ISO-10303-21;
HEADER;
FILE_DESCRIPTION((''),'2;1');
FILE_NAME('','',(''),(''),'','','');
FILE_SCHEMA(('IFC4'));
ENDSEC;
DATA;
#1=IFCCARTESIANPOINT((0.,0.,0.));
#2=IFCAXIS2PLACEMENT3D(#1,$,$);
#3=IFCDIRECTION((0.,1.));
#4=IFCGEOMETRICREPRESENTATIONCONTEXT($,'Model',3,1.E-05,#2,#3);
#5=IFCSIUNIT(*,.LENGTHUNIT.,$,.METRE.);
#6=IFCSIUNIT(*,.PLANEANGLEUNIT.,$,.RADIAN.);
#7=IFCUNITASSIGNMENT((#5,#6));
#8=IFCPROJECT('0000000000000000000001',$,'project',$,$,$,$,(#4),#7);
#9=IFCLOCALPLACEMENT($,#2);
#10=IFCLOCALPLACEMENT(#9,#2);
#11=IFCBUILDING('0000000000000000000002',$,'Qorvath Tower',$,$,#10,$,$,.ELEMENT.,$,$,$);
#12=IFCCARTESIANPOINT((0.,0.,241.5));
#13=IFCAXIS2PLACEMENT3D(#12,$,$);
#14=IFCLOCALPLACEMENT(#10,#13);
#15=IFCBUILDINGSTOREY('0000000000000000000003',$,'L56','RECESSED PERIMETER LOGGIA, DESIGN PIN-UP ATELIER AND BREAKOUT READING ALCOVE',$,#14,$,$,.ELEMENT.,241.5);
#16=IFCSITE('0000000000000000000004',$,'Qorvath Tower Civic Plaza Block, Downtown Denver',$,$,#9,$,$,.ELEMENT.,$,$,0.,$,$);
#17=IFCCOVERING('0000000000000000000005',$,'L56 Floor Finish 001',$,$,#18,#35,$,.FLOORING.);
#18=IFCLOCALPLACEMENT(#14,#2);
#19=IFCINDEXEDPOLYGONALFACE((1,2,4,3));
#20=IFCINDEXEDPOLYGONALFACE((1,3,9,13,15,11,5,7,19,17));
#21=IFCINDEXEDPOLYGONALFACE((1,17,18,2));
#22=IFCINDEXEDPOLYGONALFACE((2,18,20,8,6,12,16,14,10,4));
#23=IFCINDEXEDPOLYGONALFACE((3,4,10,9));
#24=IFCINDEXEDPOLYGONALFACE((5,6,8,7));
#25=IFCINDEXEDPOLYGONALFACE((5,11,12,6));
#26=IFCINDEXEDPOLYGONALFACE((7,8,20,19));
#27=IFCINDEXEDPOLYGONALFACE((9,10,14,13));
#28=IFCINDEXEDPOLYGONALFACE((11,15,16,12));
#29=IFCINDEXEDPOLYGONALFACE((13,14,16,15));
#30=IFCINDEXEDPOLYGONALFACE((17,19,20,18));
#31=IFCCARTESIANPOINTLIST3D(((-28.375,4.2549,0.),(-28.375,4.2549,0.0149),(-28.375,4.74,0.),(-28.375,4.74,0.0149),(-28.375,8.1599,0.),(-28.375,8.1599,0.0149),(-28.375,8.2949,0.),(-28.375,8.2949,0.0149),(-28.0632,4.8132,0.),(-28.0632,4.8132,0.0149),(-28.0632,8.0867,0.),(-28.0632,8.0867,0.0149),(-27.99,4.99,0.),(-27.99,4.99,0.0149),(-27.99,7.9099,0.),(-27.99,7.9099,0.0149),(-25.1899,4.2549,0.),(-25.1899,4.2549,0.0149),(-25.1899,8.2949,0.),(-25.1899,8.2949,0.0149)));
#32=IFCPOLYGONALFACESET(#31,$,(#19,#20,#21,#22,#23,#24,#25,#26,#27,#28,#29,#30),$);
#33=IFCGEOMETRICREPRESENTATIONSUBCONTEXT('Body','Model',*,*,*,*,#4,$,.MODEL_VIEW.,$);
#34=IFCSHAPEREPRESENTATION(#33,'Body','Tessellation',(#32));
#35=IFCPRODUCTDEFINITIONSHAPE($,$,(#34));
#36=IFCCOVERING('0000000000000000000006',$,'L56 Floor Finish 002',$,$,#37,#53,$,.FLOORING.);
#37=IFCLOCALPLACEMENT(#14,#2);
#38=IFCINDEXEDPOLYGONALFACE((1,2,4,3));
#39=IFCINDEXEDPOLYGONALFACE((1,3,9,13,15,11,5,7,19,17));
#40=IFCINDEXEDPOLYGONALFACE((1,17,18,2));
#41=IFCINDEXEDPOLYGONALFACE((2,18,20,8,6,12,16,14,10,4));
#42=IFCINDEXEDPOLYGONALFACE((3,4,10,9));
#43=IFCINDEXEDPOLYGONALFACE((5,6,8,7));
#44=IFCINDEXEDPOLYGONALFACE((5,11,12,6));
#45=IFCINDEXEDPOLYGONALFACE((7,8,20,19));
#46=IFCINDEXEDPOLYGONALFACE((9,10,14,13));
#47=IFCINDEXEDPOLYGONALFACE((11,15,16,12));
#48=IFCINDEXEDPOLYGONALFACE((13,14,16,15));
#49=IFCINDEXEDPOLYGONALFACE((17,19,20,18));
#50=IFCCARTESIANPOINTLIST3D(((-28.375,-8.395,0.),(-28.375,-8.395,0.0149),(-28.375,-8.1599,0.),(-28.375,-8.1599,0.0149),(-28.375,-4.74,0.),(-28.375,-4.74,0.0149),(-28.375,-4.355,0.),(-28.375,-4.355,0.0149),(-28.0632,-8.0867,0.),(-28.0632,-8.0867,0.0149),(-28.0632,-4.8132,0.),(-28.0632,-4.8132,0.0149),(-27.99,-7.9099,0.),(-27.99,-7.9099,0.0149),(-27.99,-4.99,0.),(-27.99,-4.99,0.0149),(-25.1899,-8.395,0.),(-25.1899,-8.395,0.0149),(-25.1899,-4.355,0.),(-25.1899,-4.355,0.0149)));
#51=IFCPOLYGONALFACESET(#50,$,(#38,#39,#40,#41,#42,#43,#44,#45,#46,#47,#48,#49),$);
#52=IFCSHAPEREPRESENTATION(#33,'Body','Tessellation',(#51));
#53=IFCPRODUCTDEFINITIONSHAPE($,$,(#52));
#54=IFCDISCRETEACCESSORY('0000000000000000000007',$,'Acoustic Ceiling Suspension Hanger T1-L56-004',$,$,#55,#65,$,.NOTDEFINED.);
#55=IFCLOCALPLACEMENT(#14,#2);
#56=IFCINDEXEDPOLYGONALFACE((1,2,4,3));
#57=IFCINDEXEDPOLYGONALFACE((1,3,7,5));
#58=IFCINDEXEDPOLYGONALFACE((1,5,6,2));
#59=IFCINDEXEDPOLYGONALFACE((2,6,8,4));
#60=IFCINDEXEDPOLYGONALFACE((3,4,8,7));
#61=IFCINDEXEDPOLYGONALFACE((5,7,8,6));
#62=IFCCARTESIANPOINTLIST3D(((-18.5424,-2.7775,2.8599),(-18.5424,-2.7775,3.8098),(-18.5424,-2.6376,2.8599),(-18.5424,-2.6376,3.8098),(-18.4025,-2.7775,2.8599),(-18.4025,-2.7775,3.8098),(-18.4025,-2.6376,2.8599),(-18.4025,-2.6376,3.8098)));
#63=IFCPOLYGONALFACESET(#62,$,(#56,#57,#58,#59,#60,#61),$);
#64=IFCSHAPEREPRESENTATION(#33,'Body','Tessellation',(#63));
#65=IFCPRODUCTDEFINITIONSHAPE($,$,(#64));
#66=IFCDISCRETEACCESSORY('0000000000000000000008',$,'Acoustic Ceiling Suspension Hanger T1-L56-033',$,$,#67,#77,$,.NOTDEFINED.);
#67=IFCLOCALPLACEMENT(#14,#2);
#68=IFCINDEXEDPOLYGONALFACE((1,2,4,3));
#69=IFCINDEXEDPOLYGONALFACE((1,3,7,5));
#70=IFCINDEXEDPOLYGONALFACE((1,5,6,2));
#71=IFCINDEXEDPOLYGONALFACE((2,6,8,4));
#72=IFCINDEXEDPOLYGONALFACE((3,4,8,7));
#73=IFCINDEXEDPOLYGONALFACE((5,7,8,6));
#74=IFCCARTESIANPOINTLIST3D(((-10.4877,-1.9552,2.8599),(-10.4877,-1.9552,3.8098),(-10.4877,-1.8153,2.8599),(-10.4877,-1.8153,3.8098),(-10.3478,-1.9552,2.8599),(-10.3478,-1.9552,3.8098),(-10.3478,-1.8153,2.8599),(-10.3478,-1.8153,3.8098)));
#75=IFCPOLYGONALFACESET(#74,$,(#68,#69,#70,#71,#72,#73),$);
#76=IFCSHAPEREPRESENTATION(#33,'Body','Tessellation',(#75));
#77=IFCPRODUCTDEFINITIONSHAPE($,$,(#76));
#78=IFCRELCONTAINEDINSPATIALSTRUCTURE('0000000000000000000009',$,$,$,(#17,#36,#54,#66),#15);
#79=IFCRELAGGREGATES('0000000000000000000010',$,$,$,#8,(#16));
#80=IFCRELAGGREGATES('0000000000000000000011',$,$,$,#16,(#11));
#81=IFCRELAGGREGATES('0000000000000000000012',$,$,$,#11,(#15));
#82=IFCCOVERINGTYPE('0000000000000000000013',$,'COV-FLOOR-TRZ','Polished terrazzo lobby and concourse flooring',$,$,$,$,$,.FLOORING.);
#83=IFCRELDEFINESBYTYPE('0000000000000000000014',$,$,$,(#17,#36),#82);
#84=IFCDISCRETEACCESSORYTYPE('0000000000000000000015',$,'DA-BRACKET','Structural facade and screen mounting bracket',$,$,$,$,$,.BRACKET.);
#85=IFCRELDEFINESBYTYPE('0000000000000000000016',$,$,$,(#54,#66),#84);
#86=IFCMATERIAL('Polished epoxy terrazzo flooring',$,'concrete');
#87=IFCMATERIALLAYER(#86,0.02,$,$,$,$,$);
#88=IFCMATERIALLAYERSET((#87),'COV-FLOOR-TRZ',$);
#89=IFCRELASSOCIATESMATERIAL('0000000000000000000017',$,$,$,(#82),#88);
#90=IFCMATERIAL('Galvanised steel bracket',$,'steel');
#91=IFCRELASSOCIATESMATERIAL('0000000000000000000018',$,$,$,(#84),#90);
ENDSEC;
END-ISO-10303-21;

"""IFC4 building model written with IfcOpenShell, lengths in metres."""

from ifc_helpers import new_model, si_unit, direction, frame, origin, origin_2d, place, context, subcontext, project, spatial, polyline, rectangle, outline, extrude, material, layer, layer_set, type_object, element, save


model = new_model("IFC4")

# Units and contexts
model_context = context("Model", 3, precision=1e-05, world=origin(), true_north=direction((0.0, 1.0)))
body_context = subcontext(model_context, "Body", "Model", "MODEL_VIEW")
ifc_project = project(units=[si_unit("LENGTHUNIT", "METRE"), si_unit("PLANEANGLEUNIT", "RADIAN")], contexts=[model_context])

# Site, building, storey
site_placement = place(None, origin())
site = spatial("IfcSite", under=ifc_project, at=site_placement, Name="Qorvath Tower Civic Plaza Block, Downtown Denver", CompositionType="ELEMENT", RefElevation=0.0)
building_placement = place(site_placement, origin())
building = spatial("IfcBuilding", under=site, at=building_placement, Name="Qorvath Tower", CompositionType="ELEMENT")
storey_placement = place(building_placement, frame((0.0, 0.0, 241.5)))
storey = spatial("IfcBuildingStorey", under=building, at=storey_placement, Name="L56", Description="RECESSED PERIMETER LOGGIA, DESIGN PIN-UP ATELIER AND BREAKOUT READING ALCOVE", CompositionType="ELEMENT", Elevation=241.5)

# Coverings
ifc_material_1 = material(Name="Polished epoxy terrazzo flooring", Category="concrete")
ifc_layer_1 = layer(ifc_material_1, 0.02)
ifc_layer_set_1 = layer_set([ifc_layer_1], Name="COV-FLOOR-TRZ")
covering_type_1 = type_object("IfcCoveringType", Name="COV-FLOOR-TRZ", Description="Polished terrazzo lobby and concourse flooring", PredefinedType="FLOORING", material=ifc_layer_set_1)
covering_1_placement = place(storey_placement, origin())
element("IfcCovering", 1, at=covering_1_placement, inside=storey, type_object=covering_type_1, Name="L56 Floor Finish 001", PredefinedType="FLOORING", context=body_context, shape_type="SweptSolid", body=[
    extrude(outline(polyline([(-25.1899, 4.2549), (-25.1899, 8.2949), (-28.375, 8.2949), (-28.375, 8.1599), (-28.0632, 8.0867), (-27.99, 7.9099), (-27.99, 4.99), (-28.0632, 4.8132), (-28.375, 4.74), (-28.375, 4.2549), (-25.1899, 4.2549)])), origin(), (0.0, 0.0, 1.0), 0.0149),
])
covering_2_placement = place(storey_placement, origin())
element("IfcCovering", 2, at=covering_2_placement, inside=storey, type_object=covering_type_1, Name="L56 Floor Finish 002", PredefinedType="FLOORING", context=body_context, shape_type="SweptSolid", body=[
    extrude(outline(polyline([(-25.1899, -8.395), (-25.1899, -4.355), (-28.375, -4.355), (-28.375, -4.74), (-28.0632, -4.8132), (-27.99, -4.99), (-27.99, -7.9099), (-28.0632, -8.0867), (-28.375, -8.1599), (-28.375, -8.395), (-25.1899, -8.395)])), origin(), (0.0, 0.0, 1.0), 0.0149),
])

# Discrete accessories
ifc_material_2 = material(Name="Galvanised steel bracket", Category="steel")
discrete_accessory_type = type_object("IfcDiscreteAccessoryType", Name="DA-BRACKET", Description="Structural facade and screen mounting bracket", PredefinedType="BRACKET", material=ifc_material_2)
for number, where, z_axis, x_axis, name in (
    (3, (-18.4724, -2.7075, 2.8599), (0.0, 0.0, 1.0), (1.0, 0.0, 0.0), "Acoustic Ceiling Suspension Hanger T1-L56-004"),
    (4, (-10.4177, -1.8853, 2.8599), (0.0, 0.0, 1.0), (1.0, 0.0, 0.0), "Acoustic Ceiling Suspension Hanger T1-L56-033"),
):
    element("IfcDiscreteAccessory", number, at=place(storey_placement, frame(where, z_axis=z_axis, x_axis=x_axis)), inside=storey, type_object=discrete_accessory_type, Name=name, PredefinedType="NOTDEFINED", context=body_context, shape_type="SweptSolid", body=[
        extrude(rectangle(XDim=0.1399, YDim=0.1399, at=origin_2d()), origin(), (0.0, 0.0, 1.0), 0.95),
    ])

save(model, "model.ifc")
